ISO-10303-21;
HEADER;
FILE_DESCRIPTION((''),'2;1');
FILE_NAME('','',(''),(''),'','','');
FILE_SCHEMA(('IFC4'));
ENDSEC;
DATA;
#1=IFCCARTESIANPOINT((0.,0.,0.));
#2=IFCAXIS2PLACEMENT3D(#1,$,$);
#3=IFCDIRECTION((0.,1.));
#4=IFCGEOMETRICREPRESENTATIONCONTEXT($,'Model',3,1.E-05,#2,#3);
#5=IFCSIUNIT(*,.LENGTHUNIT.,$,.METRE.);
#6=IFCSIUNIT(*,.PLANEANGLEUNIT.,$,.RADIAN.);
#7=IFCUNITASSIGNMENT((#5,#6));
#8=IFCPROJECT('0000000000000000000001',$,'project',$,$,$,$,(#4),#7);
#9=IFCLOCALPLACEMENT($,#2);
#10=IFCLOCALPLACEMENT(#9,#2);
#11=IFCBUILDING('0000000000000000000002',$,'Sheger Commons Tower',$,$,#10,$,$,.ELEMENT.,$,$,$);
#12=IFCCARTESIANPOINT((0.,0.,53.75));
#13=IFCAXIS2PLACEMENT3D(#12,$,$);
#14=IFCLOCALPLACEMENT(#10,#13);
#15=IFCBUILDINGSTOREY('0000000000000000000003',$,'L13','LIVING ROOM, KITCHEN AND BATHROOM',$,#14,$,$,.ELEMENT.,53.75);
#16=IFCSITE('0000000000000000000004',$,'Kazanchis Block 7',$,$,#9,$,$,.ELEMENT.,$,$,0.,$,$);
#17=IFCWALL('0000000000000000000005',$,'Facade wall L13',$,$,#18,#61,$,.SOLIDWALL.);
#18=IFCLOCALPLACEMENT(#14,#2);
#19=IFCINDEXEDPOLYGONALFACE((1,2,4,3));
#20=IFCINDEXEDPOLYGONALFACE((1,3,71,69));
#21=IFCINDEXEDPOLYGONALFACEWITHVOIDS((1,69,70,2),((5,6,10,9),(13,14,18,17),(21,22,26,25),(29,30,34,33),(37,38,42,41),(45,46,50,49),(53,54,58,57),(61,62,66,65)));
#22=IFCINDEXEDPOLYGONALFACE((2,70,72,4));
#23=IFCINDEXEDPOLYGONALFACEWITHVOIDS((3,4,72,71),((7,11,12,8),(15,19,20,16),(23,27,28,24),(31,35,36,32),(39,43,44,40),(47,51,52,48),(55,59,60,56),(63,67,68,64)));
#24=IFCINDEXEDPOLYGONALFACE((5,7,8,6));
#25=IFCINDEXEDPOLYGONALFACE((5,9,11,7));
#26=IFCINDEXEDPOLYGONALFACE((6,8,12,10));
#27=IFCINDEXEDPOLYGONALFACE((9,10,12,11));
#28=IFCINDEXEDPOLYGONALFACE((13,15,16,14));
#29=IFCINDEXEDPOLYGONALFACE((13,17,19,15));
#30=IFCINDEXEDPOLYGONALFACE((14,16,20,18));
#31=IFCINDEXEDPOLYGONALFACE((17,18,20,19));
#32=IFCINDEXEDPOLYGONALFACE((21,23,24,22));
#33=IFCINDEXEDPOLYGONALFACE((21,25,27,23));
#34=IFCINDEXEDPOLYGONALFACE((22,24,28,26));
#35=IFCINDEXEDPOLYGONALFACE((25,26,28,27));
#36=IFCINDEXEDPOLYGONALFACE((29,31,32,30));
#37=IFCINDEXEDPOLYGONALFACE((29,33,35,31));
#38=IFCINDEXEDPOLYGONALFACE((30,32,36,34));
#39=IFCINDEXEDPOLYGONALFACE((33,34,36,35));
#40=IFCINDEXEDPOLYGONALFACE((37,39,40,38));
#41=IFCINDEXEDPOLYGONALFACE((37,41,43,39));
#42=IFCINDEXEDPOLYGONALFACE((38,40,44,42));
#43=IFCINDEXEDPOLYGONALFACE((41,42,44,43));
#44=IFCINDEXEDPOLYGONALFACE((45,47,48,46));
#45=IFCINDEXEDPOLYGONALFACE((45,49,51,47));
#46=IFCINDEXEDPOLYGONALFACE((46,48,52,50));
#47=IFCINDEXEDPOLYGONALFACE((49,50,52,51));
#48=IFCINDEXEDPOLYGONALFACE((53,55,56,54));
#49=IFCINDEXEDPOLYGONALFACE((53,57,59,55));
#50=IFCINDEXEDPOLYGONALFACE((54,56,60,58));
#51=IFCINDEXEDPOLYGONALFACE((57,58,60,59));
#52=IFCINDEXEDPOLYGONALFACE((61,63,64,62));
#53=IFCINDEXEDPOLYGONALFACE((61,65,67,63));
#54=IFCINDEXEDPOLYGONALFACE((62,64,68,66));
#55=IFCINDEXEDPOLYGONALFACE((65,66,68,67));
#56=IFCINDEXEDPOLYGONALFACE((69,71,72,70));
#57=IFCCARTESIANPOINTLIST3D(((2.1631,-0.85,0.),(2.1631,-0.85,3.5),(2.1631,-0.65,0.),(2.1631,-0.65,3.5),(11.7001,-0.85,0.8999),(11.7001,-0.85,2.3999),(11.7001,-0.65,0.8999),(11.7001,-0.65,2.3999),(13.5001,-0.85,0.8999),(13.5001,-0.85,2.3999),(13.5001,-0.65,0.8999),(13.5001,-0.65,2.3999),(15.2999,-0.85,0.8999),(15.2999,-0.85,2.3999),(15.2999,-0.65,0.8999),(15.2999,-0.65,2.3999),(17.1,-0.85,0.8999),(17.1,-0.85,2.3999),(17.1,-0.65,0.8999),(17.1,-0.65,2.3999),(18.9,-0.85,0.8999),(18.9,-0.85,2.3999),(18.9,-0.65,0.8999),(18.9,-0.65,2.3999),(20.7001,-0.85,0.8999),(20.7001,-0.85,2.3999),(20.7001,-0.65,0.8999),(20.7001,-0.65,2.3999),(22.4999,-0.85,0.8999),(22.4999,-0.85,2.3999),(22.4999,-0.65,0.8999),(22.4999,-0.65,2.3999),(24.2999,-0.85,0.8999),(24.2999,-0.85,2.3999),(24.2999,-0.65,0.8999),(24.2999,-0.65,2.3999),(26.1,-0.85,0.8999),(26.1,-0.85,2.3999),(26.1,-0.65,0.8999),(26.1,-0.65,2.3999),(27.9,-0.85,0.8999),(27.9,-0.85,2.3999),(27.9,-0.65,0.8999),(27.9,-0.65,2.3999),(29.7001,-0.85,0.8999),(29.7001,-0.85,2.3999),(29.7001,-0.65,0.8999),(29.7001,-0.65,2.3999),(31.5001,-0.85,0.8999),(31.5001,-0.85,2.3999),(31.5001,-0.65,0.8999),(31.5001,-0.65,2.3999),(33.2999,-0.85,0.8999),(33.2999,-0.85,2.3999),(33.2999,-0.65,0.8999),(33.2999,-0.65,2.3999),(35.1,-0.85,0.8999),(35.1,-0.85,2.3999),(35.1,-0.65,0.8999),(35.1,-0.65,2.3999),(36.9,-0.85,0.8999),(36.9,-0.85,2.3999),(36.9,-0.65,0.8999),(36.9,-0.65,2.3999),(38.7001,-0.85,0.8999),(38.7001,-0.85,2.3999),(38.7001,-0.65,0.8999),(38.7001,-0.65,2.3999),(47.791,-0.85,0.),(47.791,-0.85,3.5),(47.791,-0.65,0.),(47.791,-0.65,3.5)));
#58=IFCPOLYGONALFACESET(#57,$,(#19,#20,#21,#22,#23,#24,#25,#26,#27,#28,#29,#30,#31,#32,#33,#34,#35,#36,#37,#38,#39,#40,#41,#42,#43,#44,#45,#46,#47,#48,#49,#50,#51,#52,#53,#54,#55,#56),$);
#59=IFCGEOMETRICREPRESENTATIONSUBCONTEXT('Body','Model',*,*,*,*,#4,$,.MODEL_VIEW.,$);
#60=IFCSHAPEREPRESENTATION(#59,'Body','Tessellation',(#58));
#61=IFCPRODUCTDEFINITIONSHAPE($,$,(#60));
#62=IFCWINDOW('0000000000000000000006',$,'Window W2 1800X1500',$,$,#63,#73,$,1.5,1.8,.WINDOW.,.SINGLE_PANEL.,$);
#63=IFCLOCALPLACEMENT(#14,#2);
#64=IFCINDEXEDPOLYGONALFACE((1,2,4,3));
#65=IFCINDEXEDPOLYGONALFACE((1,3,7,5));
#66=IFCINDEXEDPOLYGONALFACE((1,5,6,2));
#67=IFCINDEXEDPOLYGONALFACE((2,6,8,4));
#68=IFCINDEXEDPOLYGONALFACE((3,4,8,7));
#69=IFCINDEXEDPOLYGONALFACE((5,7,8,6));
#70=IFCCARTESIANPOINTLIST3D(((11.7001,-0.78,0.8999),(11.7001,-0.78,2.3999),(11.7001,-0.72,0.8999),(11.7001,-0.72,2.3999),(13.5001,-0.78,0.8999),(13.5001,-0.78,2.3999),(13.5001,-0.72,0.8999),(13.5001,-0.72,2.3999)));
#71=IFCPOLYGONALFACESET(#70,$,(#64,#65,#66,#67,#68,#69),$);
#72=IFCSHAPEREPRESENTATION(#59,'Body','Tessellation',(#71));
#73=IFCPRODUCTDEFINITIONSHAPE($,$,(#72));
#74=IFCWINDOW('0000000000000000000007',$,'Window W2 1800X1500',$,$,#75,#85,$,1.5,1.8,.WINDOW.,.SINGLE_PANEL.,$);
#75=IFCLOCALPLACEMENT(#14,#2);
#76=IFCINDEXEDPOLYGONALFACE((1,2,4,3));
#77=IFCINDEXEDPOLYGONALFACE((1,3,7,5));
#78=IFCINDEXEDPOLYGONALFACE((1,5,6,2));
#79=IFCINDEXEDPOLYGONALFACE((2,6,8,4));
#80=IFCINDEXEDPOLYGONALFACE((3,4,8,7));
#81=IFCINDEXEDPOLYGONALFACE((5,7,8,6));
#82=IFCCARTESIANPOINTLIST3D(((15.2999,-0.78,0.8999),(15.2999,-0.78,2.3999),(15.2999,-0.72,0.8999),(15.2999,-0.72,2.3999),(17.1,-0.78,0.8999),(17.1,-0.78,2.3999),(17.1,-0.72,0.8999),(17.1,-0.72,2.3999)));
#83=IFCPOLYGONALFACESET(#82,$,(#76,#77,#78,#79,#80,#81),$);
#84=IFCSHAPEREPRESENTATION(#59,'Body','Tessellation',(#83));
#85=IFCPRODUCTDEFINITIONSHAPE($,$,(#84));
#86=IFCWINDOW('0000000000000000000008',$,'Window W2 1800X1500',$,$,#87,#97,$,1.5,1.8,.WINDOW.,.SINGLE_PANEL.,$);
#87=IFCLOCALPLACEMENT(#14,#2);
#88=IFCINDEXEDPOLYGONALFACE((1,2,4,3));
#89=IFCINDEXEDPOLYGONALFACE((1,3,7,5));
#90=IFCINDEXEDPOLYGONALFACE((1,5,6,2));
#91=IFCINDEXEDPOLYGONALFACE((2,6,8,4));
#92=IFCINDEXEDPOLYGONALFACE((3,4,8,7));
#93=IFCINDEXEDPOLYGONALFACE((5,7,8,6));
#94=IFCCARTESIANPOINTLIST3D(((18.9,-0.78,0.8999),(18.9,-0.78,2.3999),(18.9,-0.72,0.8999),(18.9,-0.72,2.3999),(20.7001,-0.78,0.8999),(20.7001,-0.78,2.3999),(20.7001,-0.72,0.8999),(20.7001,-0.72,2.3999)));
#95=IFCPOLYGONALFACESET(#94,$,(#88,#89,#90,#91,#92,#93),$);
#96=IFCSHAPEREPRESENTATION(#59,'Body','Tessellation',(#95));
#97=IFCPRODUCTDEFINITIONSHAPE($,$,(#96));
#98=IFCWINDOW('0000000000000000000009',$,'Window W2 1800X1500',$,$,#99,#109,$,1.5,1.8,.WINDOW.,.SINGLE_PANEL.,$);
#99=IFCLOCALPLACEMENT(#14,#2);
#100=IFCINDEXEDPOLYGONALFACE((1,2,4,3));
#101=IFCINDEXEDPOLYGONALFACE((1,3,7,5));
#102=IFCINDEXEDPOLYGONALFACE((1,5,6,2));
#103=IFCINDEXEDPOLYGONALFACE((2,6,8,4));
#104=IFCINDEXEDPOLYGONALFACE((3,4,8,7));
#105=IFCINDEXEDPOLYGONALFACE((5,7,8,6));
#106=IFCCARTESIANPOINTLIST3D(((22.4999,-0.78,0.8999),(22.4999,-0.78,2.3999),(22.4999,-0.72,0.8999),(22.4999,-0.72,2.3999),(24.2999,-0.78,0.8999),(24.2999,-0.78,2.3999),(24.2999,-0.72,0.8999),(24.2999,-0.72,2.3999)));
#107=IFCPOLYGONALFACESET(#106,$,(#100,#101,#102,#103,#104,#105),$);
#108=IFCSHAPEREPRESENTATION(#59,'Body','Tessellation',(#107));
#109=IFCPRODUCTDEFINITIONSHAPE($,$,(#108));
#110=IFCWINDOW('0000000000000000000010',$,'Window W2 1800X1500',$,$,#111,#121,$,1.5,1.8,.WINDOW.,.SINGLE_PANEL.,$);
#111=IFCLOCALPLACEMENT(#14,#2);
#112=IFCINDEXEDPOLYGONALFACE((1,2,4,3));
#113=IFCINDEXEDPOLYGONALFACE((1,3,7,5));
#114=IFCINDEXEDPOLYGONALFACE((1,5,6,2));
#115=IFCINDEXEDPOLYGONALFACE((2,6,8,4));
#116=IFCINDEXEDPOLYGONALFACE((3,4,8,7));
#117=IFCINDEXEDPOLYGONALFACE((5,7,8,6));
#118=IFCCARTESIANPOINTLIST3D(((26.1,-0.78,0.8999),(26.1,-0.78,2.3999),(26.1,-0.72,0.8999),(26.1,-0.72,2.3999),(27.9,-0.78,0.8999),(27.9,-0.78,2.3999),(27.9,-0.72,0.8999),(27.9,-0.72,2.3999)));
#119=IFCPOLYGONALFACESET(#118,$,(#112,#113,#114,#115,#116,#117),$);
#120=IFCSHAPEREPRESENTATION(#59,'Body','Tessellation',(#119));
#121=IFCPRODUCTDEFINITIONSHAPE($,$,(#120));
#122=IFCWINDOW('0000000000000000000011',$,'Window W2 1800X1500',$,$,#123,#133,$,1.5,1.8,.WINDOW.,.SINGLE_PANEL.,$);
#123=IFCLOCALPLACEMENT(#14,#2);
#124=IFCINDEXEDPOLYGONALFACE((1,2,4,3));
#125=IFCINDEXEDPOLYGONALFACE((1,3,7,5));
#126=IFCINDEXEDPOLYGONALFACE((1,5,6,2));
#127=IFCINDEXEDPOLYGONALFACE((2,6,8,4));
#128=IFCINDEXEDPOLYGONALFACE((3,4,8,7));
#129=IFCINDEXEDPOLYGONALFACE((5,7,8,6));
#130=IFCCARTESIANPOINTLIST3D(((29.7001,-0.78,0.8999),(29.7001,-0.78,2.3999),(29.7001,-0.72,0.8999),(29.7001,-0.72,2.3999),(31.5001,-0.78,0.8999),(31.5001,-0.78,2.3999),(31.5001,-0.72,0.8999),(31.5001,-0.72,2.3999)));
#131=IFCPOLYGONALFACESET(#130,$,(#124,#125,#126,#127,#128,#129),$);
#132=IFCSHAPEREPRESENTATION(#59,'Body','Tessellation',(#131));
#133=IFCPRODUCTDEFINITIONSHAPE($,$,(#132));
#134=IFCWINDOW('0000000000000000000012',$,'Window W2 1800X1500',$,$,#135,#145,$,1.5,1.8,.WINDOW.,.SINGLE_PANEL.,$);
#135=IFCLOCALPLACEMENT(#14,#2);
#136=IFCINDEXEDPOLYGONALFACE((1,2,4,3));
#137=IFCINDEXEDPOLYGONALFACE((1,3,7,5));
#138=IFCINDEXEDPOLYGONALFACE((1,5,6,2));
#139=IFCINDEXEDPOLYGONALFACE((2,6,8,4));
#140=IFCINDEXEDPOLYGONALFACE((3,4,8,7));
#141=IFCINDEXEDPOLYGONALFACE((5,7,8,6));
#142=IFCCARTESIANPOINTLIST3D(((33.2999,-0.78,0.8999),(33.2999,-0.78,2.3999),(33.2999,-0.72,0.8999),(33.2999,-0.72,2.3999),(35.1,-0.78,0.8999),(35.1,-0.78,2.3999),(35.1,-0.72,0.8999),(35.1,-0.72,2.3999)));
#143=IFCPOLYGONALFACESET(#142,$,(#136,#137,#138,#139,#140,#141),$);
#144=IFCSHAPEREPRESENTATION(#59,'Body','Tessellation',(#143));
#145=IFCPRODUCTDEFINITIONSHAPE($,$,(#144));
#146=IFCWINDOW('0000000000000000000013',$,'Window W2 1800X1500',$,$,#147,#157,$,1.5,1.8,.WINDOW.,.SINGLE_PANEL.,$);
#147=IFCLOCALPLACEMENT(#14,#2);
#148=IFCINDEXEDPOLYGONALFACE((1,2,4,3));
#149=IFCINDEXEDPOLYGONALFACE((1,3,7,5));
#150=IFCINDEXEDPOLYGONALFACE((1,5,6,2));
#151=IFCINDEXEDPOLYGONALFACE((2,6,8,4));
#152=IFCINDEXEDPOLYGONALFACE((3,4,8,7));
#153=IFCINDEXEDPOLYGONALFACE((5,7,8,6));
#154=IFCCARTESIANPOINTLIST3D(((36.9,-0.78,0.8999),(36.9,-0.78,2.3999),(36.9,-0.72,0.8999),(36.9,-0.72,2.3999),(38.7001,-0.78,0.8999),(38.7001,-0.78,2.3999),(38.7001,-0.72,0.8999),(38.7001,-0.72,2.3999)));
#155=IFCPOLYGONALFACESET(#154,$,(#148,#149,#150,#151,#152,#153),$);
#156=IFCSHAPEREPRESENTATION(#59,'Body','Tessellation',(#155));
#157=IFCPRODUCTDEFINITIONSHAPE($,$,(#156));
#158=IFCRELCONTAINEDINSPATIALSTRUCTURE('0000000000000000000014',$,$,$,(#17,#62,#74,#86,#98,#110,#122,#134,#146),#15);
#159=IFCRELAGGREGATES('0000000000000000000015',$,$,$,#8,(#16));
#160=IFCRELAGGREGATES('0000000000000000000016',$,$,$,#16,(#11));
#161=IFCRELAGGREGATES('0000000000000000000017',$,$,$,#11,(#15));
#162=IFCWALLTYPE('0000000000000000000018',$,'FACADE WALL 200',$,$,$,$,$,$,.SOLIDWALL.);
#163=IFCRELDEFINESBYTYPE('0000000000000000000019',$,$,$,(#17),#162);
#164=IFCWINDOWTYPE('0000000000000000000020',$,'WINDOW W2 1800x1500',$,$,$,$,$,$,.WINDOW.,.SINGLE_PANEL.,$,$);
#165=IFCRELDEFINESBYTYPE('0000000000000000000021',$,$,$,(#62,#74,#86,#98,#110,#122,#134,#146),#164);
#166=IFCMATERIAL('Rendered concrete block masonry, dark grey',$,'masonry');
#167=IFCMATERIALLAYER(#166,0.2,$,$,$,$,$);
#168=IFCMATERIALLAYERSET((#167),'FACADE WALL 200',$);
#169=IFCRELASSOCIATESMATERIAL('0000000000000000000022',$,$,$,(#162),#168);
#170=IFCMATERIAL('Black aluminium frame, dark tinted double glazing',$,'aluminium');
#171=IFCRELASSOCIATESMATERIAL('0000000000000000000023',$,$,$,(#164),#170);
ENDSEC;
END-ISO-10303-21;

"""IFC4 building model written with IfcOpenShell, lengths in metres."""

from ifc_helpers import new_model, si_unit, direction, frame, frame_2d, origin, place, context, subcontext, project, spatial, rectangle, extrude, material, layer, layer_set, type_object, element, fill, save


model = new_model("IFC4")

# Units and contexts
model_context = context("Model", 3, precision=1e-05, world=origin(), true_north=direction((0.0, 1.0)))
body_context = subcontext(model_context, "Body", "Model", "MODEL_VIEW")
ifc_project = project(units=[si_unit("LENGTHUNIT", "METRE"), si_unit("PLANEANGLEUNIT", "RADIAN")], contexts=[model_context])

# Site, building, storey
site_placement = place(None, origin())
site = spatial("IfcSite", under=ifc_project, at=site_placement, Name="Kazanchis Block 7", CompositionType="ELEMENT", RefElevation=0.0)
building_placement = place(site_placement, origin())
building = spatial("IfcBuilding", under=site, at=building_placement, Name="Sheger Commons Tower", CompositionType="ELEMENT")
storey_placement = place(building_placement, frame((0.0, 0.0, 53.75)))
storey = spatial("IfcBuildingStorey", under=building, at=storey_placement, Name="L13", Description="LIVING ROOM, KITCHEN AND BATHROOM", CompositionType="ELEMENT", Elevation=53.75)

# Wall, openings, windows
ifc_material_1 = material(Name="Rendered concrete block masonry, dark grey", Category="masonry")
ifc_layer_1 = layer(ifc_material_1, 0.2)
ifc_layer_set_1 = layer_set([ifc_layer_1], Name="FACADE WALL 200")
wall_type_1 = type_object("IfcWallType", Name="FACADE WALL 200", PredefinedType="SOLIDWALL", material=ifc_layer_set_1)
wall_1_placement = place(storey_placement, frame((2.1631, -0.75, 0.0), z_axis=(0.0, 0.0, 1.0), x_axis=(1.0, 0.0, 0.0)))
wall_1 = element("IfcWall", 1, at=wall_1_placement, inside=storey, type_object=wall_type_1, Name="Facade wall L13", PredefinedType="SOLIDWALL", context=body_context, shape_type="SweptSolid", body=[
    extrude(rectangle(XDim=45.6279, YDim=0.2, at=frame_2d((22.814, 0.0))), origin(), (0.0, 0.0, 1.0), 3.5),
])
opening_1_placement = place(wall_1_placement, frame((9.5371, 0.0, 0.8999)))
opening_1 = element("IfcOpeningElement", 2, at=opening_1_placement, cuts=wall_1, PredefinedType="OPENING", context=body_context, shape_type="SweptSolid", body=[
    extrude(rectangle(XDim=1.8, YDim=1.5, at=frame_2d((0.8999, 0.75))), frame((0.0, 0.1099, 0.0), z_axis=(0.0, -1.0, 0.0), x_axis=(1.0, 0.0, 0.0)), (0.0, 0.0, 1.0), 0.22),
])
opening_2_placement = place(wall_1_placement, frame((13.137, 0.0, 0.8999)))
opening_2 = element("IfcOpeningElement", 3, at=opening_2_placement, cuts=wall_1, PredefinedType="OPENING", context=body_context, shape_type="SweptSolid", body=[
    extrude(rectangle(XDim=1.8, YDim=1.5, at=frame_2d((0.8999, 0.75))), frame((0.0, 0.1099, 0.0), z_axis=(0.0, -1.0, 0.0), x_axis=(1.0, 0.0, 0.0)), (0.0, 0.0, 1.0), 0.22),
])
opening_3_placement = place(wall_1_placement, frame((16.7371, 0.0, 0.8999)))
opening_3 = element("IfcOpeningElement", 4, at=opening_3_placement, cuts=wall_1, PredefinedType="OPENING", context=body_context, shape_type="SweptSolid", body=[
    extrude(rectangle(XDim=1.8, YDim=1.5, at=frame_2d((0.8999, 0.75))), frame((0.0, 0.1099, 0.0), z_axis=(0.0, -1.0, 0.0), x_axis=(1.0, 0.0, 0.0)), (0.0, 0.0, 1.0), 0.22),
])
opening_4_placement = place(wall_1_placement, frame((20.3369, 0.0, 0.8999)))
opening_4 = element("IfcOpeningElement", 5, at=opening_4_placement, cuts=wall_1, PredefinedType="OPENING", context=body_context, shape_type="SweptSolid", body=[
    extrude(rectangle(XDim=1.8, YDim=1.5, at=frame_2d((0.8999, 0.75))), frame((0.0, 0.1099, 0.0), z_axis=(0.0, -1.0, 0.0), x_axis=(1.0, 0.0, 0.0)), (0.0, 0.0, 1.0), 0.22),
])
opening_5_placement = place(wall_1_placement, frame((23.937, 0.0, 0.8999)))
opening_5 = element("IfcOpeningElement", 6, at=opening_5_placement, cuts=wall_1, PredefinedType="OPENING", context=body_context, shape_type="SweptSolid", body=[
    extrude(rectangle(XDim=1.8, YDim=1.5, at=frame_2d((0.8999, 0.75))), frame((0.0, 0.1099, 0.0), z_axis=(0.0, -1.0, 0.0), x_axis=(1.0, 0.0, 0.0)), (0.0, 0.0, 1.0), 0.22),
])
opening_6_placement = place(wall_1_placement, frame((27.5371, 0.0, 0.8999)))
opening_6 = element("IfcOpeningElement", 7, at=opening_6_placement, cuts=wall_1, PredefinedType="OPENING", context=body_context, shape_type="SweptSolid", body=[
    extrude(rectangle(XDim=1.8, YDim=1.5, at=frame_2d((0.8999, 0.75))), frame((0.0, 0.1099, 0.0), z_axis=(0.0, -1.0, 0.0), x_axis=(1.0, 0.0, 0.0)), (0.0, 0.0, 1.0), 0.22),
])
opening_7_placement = place(wall_1_placement, frame((31.137, 0.0, 0.8999)))
opening_7 = element("IfcOpeningElement", 8, at=opening_7_placement, cuts=wall_1, PredefinedType="OPENING", context=body_context, shape_type="SweptSolid", body=[
    extrude(rectangle(XDim=1.8, YDim=1.5, at=frame_2d((0.8999, 0.75))), frame((0.0, 0.1099, 0.0), z_axis=(0.0, -1.0, 0.0), x_axis=(1.0, 0.0, 0.0)), (0.0, 0.0, 1.0), 0.22),
])
opening_8_placement = place(wall_1_placement, frame((34.7371, 0.0, 0.8999)))
opening_8 = element("IfcOpeningElement", 9, at=opening_8_placement, cuts=wall_1, PredefinedType="OPENING", context=body_context, shape_type="SweptSolid", body=[
    extrude(rectangle(XDim=1.8, YDim=1.5, at=frame_2d((0.8999, 0.75))), frame((0.0, 0.1099, 0.0), z_axis=(0.0, -1.0, 0.0), x_axis=(1.0, 0.0, 0.0)), (0.0, 0.0, 1.0), 0.22),
])
ifc_material_2 = material(Name="Black aluminium frame, dark tinted double glazing", Category="aluminium")
window_type = type_object("IfcWindowType", Name="WINDOW W2 1800x1500", PartitioningType="SINGLE_PANEL", PredefinedType="WINDOW", material=ifc_material_2)
window_1_placement = place(opening_1_placement, origin())
window_1 = element("IfcWindow", 10, at=window_1_placement, inside=storey, type_object=window_type, Name="Window W2 1800X1500", OverallHeight=1.5, OverallWidth=1.8, PartitioningType="SINGLE_PANEL", PredefinedType="WINDOW", context=body_context, shape_type="SweptSolid", body=[
    extrude(rectangle(XDim=1.8, YDim=1.5, at=frame_2d((0.8999, 0.75))), frame((0.0, 0.03, 0.0), z_axis=(0.0, -1.0, 0.0), x_axis=(1.0, 0.0, 0.0)), (0.0, 0.0, 1.0), 0.0601),
])
fill(opening_1, window_1)
window_2_placement = place(opening_2_placement, origin())
window_2 = element("IfcWindow", 11, at=window_2_placement, inside=storey, type_object=window_type, Name="Window W2 1800X1500", OverallHeight=1.5, OverallWidth=1.8, PartitioningType="SINGLE_PANEL", PredefinedType="WINDOW", context=body_context, shape_type="SweptSolid", body=[
    extrude(rectangle(XDim=1.8, YDim=1.5, at=frame_2d((0.8999, 0.75))), frame((0.0, 0.03, 0.0), z_axis=(0.0, -1.0, 0.0), x_axis=(1.0, 0.0, 0.0)), (0.0, 0.0, 1.0), 0.0601),
])
fill(opening_2, window_2)
window_3_placement = place(opening_3_placement, origin())
window_3 = element("IfcWindow", 12, at=window_3_placement, inside=storey, type_object=window_type, Name="Window W2 1800X1500", OverallHeight=1.5, OverallWidth=1.8, PartitioningType="SINGLE_PANEL", PredefinedType="WINDOW", context=body_context, shape_type="SweptSolid", body=[
    extrude(rectangle(XDim=1.8, YDim=1.5, at=frame_2d((0.8999, 0.75))), frame((0.0, 0.03, 0.0), z_axis=(0.0, -1.0, 0.0), x_axis=(1.0, 0.0, 0.0)), (0.0, 0.0, 1.0), 0.0601),
])
fill(opening_3, window_3)
window_4_placement = place(opening_4_placement, origin())
window_4 = element("IfcWindow", 13, at=window_4_placement, inside=storey, type_object=window_type, Name="Window W2 1800X1500", OverallHeight=1.5, OverallWidth=1.8, PartitioningType="SINGLE_PANEL", PredefinedType="WINDOW", context=body_context, shape_type="SweptSolid", body=[
    extrude(rectangle(XDim=1.8, YDim=1.5, at=frame_2d((0.8999, 0.75))), frame((0.0, 0.03, 0.0), z_axis=(0.0, -1.0, 0.0), x_axis=(1.0, 0.0, 0.0)), (0.0, 0.0, 1.0), 0.0601),
])
fill(opening_4, window_4)
window_5_placement = place(opening_5_placement, origin())
window_5 = element("IfcWindow", 14, at=window_5_placement, inside=storey, type_object=window_type, Name="Window W2 1800X1500", OverallHeight=1.5, OverallWidth=1.8, PartitioningType="SINGLE_PANEL", PredefinedType="WINDOW", context=body_context, shape_type="SweptSolid", body=[
    extrude(rectangle(XDim=1.8, YDim=1.5, at=frame_2d((0.8999, 0.75))), frame((0.0, 0.03, 0.0), z_axis=(0.0, -1.0, 0.0), x_axis=(1.0, 0.0, 0.0)), (0.0, 0.0, 1.0), 0.0601),
])
fill(opening_5, window_5)
window_6_placement = place(opening_6_placement, origin())
window_6 = element("IfcWindow", 15, at=window_6_placement, inside=storey, type_object=window_type, Name="Window W2 1800X1500", OverallHeight=1.5, OverallWidth=1.8, PartitioningType="SINGLE_PANEL", PredefinedType="WINDOW", context=body_context, shape_type="SweptSolid", body=[
    extrude(rectangle(XDim=1.8, YDim=1.5, at=frame_2d((0.8999, 0.75))), frame((0.0, 0.03, 0.0), z_axis=(0.0, -1.0, 0.0), x_axis=(1.0, 0.0, 0.0)), (0.0, 0.0, 1.0), 0.0601),
])
fill(opening_6, window_6)
window_7_placement = place(opening_7_placement, origin())
window_7 = element("IfcWindow", 16, at=window_7_placement, inside=storey, type_object=window_type, Name="Window W2 1800X1500", OverallHeight=1.5, OverallWidth=1.8, PartitioningType="SINGLE_PANEL", PredefinedType="WINDOW", context=body_context, shape_type="SweptSolid", body=[
    extrude(rectangle(XDim=1.8, YDim=1.5, at=frame_2d((0.8999, 0.75))), frame((0.0, 0.03, 0.0), z_axis=(0.0, -1.0, 0.0), x_axis=(1.0, 0.0, 0.0)), (0.0, 0.0, 1.0), 0.0601),
])
fill(opening_7, window_7)
window_8_placement = place(opening_8_placement, origin())
window_8 = element("IfcWindow", 17, at=window_8_placement, inside=storey, type_object=window_type, Name="Window W2 1800X1500", OverallHeight=1.5, OverallWidth=1.8, PartitioningType="SINGLE_PANEL", PredefinedType="WINDOW", context=body_context, shape_type="SweptSolid", body=[
    extrude(rectangle(XDim=1.8, YDim=1.5, at=frame_2d((0.8999, 0.75))), frame((0.0, 0.03, 0.0), z_axis=(0.0, -1.0, 0.0), x_axis=(1.0, 0.0, 0.0)), (0.0, 0.0, 1.0), 0.0601),
])
fill(opening_8, window_8)

save(model, "model.ifc")
